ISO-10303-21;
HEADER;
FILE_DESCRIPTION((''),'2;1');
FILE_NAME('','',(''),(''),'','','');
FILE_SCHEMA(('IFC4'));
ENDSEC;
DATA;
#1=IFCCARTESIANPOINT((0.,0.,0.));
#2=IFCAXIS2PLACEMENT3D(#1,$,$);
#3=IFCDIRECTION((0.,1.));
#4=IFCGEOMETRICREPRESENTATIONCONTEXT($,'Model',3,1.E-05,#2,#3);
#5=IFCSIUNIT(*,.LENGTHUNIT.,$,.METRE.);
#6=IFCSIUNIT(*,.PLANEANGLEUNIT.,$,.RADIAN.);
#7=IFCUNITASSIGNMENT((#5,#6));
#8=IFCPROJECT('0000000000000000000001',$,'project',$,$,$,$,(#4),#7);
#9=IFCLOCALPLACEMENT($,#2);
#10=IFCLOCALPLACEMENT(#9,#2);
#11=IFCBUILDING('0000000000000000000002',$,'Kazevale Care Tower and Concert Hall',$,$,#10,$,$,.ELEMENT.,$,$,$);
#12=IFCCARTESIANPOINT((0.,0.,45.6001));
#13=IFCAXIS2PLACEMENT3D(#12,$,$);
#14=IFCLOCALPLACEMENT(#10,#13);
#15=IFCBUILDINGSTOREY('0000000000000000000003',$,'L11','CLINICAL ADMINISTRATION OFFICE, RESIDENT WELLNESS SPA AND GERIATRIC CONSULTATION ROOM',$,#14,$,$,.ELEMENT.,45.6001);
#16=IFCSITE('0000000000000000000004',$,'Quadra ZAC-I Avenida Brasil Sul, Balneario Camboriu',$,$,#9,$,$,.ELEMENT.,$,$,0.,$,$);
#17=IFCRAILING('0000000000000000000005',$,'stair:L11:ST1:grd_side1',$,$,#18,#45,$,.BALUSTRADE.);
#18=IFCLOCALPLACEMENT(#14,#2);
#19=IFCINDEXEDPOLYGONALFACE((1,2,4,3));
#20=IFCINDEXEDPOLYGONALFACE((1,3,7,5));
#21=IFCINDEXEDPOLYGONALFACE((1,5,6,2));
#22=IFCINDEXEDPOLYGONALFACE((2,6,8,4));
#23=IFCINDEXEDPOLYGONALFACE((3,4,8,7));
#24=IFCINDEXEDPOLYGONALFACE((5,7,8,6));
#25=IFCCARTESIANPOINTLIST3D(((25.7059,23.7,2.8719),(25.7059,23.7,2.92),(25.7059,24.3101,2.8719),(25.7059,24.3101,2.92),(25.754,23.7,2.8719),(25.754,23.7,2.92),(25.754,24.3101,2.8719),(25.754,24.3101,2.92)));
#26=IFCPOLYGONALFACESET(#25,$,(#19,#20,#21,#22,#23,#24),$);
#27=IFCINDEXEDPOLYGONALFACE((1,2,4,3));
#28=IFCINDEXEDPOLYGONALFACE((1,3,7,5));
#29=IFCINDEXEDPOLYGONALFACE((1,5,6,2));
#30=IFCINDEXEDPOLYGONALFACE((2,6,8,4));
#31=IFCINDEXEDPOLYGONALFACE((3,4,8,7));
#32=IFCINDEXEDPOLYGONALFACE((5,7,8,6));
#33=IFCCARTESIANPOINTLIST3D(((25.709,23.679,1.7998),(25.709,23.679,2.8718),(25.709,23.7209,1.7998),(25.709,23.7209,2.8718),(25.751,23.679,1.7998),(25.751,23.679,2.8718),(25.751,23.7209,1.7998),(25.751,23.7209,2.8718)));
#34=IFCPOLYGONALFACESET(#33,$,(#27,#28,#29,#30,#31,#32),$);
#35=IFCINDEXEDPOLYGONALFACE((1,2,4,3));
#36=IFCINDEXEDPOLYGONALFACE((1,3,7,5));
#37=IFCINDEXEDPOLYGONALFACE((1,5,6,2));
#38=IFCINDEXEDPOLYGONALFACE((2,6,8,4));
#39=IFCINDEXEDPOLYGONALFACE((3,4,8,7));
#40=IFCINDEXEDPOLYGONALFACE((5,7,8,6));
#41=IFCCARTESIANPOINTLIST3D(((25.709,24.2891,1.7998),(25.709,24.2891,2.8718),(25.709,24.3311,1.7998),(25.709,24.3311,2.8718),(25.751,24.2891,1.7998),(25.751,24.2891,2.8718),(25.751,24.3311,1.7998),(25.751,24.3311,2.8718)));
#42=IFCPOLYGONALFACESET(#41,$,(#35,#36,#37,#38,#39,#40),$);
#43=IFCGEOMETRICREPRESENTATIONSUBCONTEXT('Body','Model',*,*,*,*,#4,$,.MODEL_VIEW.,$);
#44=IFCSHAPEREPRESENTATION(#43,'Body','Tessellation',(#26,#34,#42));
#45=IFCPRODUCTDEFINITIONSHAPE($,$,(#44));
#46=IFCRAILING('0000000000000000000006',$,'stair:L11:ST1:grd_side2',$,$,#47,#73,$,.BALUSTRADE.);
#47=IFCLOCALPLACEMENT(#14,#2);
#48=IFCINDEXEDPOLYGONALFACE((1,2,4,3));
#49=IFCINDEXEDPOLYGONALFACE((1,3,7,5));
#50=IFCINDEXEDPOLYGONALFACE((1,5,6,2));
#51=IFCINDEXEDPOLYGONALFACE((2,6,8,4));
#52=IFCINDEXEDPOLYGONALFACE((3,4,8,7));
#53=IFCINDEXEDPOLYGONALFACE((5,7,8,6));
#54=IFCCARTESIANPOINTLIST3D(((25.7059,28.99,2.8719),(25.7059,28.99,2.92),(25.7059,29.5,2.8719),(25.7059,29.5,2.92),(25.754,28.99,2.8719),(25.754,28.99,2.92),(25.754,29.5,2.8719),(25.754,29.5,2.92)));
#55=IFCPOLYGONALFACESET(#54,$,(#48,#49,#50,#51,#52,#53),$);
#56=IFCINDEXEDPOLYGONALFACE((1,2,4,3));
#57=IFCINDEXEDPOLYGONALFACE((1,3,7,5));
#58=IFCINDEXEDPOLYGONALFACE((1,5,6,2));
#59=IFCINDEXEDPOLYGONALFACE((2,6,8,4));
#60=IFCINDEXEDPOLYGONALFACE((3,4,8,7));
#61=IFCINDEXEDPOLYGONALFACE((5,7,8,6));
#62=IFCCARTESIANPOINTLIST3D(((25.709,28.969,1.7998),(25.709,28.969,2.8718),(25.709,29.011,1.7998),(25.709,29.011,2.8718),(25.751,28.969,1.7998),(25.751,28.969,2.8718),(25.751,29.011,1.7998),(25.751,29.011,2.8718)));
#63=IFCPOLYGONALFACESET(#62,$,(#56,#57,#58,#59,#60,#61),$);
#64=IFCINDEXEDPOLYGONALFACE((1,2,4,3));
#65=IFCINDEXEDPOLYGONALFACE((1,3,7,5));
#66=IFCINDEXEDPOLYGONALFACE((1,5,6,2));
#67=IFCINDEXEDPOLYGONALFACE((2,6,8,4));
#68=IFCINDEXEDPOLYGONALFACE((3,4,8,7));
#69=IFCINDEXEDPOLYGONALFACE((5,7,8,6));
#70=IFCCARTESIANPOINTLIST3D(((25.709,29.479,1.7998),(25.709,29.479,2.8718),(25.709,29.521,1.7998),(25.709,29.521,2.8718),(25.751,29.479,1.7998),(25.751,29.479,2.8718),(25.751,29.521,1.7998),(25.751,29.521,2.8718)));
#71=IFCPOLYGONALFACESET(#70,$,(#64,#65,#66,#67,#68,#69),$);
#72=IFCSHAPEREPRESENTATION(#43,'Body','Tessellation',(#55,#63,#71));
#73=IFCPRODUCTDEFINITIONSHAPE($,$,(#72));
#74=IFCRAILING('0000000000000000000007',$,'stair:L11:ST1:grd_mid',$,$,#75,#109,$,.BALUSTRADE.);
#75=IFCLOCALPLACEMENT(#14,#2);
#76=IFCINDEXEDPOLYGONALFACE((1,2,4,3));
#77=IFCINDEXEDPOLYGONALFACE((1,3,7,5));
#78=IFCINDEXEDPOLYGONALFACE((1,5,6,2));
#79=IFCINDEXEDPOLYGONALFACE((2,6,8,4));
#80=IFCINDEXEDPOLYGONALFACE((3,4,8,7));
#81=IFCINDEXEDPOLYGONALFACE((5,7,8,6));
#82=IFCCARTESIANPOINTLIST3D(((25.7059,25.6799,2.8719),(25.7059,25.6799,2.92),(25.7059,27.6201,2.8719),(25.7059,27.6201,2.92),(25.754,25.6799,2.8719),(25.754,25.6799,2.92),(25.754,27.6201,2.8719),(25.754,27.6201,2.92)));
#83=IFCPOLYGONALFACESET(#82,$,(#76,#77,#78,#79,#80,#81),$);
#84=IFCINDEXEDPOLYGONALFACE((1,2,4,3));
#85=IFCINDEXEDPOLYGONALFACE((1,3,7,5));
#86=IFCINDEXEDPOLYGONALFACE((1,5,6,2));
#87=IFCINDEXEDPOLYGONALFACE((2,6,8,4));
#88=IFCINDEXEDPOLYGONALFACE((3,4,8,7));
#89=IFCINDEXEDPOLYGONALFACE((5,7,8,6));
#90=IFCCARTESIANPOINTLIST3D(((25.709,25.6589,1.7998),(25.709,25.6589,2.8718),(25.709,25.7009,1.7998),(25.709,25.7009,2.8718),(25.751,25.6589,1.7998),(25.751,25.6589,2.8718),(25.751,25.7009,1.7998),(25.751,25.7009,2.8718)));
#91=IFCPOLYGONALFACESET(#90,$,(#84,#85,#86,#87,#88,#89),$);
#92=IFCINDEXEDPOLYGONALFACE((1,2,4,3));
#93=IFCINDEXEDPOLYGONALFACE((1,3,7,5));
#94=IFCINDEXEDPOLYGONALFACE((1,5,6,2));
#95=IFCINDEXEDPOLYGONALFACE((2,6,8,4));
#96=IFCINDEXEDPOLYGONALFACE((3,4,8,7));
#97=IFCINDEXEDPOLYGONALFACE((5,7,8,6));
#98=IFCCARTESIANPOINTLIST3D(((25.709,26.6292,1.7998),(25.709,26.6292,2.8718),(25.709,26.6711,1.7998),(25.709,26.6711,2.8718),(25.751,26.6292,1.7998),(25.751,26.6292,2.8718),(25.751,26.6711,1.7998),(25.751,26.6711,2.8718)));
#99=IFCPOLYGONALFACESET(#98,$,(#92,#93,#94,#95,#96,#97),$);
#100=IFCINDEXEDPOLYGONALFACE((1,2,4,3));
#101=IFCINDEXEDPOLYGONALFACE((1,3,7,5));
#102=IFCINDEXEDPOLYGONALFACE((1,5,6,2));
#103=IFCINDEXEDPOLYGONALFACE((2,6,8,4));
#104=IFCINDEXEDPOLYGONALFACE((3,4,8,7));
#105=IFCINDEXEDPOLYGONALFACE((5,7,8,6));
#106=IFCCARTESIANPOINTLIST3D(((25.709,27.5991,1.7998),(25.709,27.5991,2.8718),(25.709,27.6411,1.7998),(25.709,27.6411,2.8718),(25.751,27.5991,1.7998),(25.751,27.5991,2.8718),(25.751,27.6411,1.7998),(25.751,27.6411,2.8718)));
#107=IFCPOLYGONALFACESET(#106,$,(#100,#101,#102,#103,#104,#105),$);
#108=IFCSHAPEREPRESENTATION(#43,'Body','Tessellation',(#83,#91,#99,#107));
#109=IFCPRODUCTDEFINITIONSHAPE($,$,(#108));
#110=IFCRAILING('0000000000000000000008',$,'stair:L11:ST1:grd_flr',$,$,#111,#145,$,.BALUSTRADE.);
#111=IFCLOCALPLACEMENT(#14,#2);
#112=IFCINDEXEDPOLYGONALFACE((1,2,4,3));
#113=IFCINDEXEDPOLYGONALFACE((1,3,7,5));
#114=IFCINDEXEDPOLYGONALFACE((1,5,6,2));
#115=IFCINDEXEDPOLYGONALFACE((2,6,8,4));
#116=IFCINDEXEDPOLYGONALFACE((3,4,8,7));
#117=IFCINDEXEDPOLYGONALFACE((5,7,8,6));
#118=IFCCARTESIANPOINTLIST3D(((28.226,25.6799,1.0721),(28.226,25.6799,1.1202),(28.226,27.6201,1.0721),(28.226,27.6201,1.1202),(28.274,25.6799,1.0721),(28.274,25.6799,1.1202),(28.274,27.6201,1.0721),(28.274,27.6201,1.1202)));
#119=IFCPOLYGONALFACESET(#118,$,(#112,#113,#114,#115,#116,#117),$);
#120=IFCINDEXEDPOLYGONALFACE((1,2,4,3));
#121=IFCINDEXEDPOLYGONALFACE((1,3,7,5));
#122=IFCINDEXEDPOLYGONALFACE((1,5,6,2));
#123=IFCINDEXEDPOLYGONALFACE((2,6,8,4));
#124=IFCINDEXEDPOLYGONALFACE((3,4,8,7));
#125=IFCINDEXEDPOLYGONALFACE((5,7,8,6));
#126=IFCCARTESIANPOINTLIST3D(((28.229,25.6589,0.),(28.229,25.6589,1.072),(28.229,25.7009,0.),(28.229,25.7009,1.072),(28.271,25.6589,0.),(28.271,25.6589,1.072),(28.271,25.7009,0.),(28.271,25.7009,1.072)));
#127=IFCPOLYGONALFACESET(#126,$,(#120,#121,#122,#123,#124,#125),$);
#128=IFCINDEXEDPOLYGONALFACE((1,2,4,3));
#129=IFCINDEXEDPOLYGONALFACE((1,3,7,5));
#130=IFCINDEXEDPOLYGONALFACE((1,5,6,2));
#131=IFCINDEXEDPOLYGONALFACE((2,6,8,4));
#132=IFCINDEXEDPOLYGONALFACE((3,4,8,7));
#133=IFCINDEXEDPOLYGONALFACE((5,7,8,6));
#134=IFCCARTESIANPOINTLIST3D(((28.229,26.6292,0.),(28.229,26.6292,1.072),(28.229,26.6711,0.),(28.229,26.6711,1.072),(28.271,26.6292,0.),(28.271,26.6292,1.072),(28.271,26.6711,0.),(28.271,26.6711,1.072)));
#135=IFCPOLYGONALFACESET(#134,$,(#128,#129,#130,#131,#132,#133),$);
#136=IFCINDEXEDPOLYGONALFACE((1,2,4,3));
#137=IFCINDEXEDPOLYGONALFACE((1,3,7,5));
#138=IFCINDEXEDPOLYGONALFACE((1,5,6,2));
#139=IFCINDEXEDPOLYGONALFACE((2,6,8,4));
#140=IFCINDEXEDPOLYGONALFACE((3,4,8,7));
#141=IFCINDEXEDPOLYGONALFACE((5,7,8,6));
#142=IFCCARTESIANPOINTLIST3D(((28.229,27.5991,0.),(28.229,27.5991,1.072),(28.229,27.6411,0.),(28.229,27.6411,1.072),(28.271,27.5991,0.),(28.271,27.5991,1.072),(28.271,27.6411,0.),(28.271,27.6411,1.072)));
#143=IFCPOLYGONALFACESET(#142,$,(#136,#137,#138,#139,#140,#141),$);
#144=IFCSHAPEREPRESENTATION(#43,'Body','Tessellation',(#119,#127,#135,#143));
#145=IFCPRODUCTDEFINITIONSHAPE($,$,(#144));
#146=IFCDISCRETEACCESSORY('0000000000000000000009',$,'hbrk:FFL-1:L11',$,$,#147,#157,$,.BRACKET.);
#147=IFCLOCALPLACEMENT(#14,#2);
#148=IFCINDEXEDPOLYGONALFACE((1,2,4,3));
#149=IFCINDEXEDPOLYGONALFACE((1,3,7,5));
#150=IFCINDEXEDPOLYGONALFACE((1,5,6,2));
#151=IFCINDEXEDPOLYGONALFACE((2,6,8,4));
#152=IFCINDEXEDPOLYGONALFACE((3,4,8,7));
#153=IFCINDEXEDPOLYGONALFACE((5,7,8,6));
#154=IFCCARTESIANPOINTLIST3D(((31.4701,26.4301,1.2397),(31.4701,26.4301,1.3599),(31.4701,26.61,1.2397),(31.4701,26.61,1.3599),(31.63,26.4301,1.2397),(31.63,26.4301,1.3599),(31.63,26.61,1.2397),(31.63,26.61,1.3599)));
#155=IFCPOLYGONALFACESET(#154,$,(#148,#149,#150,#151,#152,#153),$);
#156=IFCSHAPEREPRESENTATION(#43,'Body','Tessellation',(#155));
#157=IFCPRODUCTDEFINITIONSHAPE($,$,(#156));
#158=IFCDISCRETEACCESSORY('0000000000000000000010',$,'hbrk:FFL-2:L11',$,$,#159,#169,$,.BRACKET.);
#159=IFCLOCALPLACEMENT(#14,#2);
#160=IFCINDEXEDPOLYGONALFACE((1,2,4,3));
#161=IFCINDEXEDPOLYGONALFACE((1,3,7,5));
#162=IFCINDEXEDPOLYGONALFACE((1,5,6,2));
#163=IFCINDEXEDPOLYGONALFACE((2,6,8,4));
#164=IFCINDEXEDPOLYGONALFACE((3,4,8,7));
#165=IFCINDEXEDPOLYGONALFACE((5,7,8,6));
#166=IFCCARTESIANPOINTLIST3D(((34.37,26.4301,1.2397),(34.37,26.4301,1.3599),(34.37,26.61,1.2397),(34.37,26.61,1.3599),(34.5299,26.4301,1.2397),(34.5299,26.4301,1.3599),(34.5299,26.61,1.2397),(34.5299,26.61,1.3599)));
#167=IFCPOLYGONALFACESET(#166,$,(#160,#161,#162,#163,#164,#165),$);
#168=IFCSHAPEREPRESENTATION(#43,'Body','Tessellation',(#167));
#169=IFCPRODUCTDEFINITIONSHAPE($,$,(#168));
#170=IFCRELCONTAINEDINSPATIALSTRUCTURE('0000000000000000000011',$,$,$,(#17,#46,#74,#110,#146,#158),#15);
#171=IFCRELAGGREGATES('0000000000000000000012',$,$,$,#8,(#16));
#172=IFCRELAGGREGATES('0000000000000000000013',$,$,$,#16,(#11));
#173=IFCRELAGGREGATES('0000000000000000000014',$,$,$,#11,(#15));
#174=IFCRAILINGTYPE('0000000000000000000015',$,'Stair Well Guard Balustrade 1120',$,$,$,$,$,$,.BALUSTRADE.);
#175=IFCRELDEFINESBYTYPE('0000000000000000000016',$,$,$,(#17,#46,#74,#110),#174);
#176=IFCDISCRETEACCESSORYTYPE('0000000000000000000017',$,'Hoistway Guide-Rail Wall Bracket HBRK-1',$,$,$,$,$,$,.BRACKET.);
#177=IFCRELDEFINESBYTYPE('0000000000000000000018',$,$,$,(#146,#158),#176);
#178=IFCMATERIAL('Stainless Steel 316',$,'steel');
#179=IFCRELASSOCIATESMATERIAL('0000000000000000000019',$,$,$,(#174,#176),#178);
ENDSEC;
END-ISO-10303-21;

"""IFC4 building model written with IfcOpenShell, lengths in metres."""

from ifc_helpers import new_model, si_unit, direction, frame, origin, origin_2d, place, context, subcontext, project, spatial, rectangle, extrude, material, type_object, element, save


model = new_model("IFC4")

# Units and contexts
model_context = context("Model", 3, precision=1e-05, world=origin(), true_north=direction((0.0, 1.0)))
body_context = subcontext(model_context, "Body", "Model", "MODEL_VIEW")
ifc_project = project(units=[si_unit("LENGTHUNIT", "METRE"), si_unit("PLANEANGLEUNIT", "RADIAN")], contexts=[model_context])

# Site, building, storey
site_placement = place(None, origin())
site = spatial("IfcSite", under=ifc_project, at=site_placement, Name="Quadra ZAC-I Avenida Brasil Sul, Balneario Camboriu", CompositionType="ELEMENT", RefElevation=0.0)
building_placement = place(site_placement, origin())
building = spatial("IfcBuilding", under=site, at=building_placement, Name="Kazevale Care Tower and Concert Hall", CompositionType="ELEMENT")
storey_placement = place(building_placement, frame((0.0, 0.0, 45.6001)))
storey = spatial("IfcBuildingStorey", under=building, at=storey_placement, Name="L11", Description="CLINICAL ADMINISTRATION OFFICE, RESIDENT WELLNESS SPA AND GERIATRIC CONSULTATION ROOM", CompositionType="ELEMENT", Elevation=45.6001)

# Shared definitions
ifc_material_1 = material(Name="Stainless Steel 316", Category="steel")

# Railings
railing_type_1 = type_object("IfcRailingType", Name="Stair Well Guard Balustrade 1120", PredefinedType="BALUSTRADE", material=ifc_material_1)
railing_1_placement = place(storey_placement, frame((25.73, 23.7, 1.7998)))
element("IfcRailing", 1, at=railing_1_placement, inside=storey, type_object=railing_type_1, Name="stair:L11:ST1:grd_side1", PredefinedType="BALUSTRADE", context=body_context, shape_type="SweptSolid", body=[
    extrude(rectangle(XDim=0.0481, YDim=0.0481, at=origin_2d()), frame((0.0, 0.0, 1.0962), z_axis=(0.0, 1.0, 0.0), x_axis=(-1.0, 0.0, 0.0)), (0.0, 0.0, 1.0), 0.6101),
    extrude(rectangle(XDim=0.042, YDim=0.042, at=origin_2d()), origin(), (0.0, 0.0, 1.0), 1.072),
    extrude(rectangle(XDim=0.042, YDim=0.042, at=origin_2d()), frame((0.0, 0.6101, 0.0)), (0.0, 0.0, 1.0), 1.072),
])
railing_2_placement = place(storey_placement, frame((25.73, 28.99, 1.7998)))
element("IfcRailing", 2, at=railing_2_placement, inside=storey, type_object=railing_type_1, Name="stair:L11:ST1:grd_side2", PredefinedType="BALUSTRADE", context=body_context, shape_type="SweptSolid", body=[
    extrude(rectangle(XDim=0.0481, YDim=0.0481, at=origin_2d()), frame((0.0, 0.0, 1.0962), z_axis=(0.0, 1.0, 0.0), x_axis=(-1.0, 0.0, 0.0)), (0.0, 0.0, 1.0), 0.51),
    extrude(rectangle(XDim=0.042, YDim=0.042, at=origin_2d()), origin(), (0.0, 0.0, 1.0), 1.072),
    extrude(rectangle(XDim=0.042, YDim=0.042, at=origin_2d()), frame((0.0, 0.51, 0.0)), (0.0, 0.0, 1.0), 1.072),
])
for number, where, name in (
    (3, (25.73, 25.6799, 1.7998), "stair:L11:ST1:grd_mid"),
    (4, (28.25, 25.6799, 0.0), "stair:L11:ST1:grd_flr"),
):
    element("IfcRailing", number, at=place(storey_placement, frame(where)), inside=storey, type_object=railing_type_1, Name=name, PredefinedType="BALUSTRADE", context=body_context, shape_type="SweptSolid", body=[
        extrude(rectangle(XDim=0.0481, YDim=0.0481, at=origin_2d()), frame((0.0, 0.0, 1.0962), z_axis=(0.0, 1.0, 0.0), x_axis=(-1.0, 0.0, 0.0)), (0.0, 0.0, 1.0), 1.9402),
        extrude(rectangle(XDim=0.042, YDim=0.042, at=origin_2d()), origin(), (0.0, 0.0, 1.0), 1.072),
        extrude(rectangle(XDim=0.042, YDim=0.042, at=origin_2d()), frame((0.0, 0.9702, 0.0)), (0.0, 0.0, 1.0), 1.072),
        extrude(rectangle(XDim=0.042, YDim=0.042, at=origin_2d()), frame((0.0, 1.9402, 0.0)), (0.0, 0.0, 1.0), 1.072),
    ])

# Discrete accessories
discrete_accessory_type = type_object("IfcDiscreteAccessoryType", Name="Hoistway Guide-Rail Wall Bracket HBRK-1", PredefinedType="BRACKET", material=ifc_material_1)
for number, where, z_axis, x_axis, name in (
    (5, (31.55, 26.52, 1.2397), (0.0, 0.0, 1.0), (1.0, 0.0, 0.0), "hbrk:FFL-1:L11"),
    (6, (34.45, 26.52, 1.2397), (0.0, 0.0, 1.0), (1.0, 0.0, 0.0), "hbrk:FFL-2:L11"),
):
    element("IfcDiscreteAccessory", number, at=place(storey_placement, frame(where, z_axis=z_axis, x_axis=x_axis)), inside=storey, type_object=discrete_accessory_type, Name=name, PredefinedType="BRACKET", context=body_context, shape_type="SweptSolid", body=[
        extrude(rectangle(XDim=0.1599, YDim=0.1799, at=origin_2d()), origin(), (0.0, 0.0, 1.0), 0.1201),
    ])

save(model, "model.ifc")
